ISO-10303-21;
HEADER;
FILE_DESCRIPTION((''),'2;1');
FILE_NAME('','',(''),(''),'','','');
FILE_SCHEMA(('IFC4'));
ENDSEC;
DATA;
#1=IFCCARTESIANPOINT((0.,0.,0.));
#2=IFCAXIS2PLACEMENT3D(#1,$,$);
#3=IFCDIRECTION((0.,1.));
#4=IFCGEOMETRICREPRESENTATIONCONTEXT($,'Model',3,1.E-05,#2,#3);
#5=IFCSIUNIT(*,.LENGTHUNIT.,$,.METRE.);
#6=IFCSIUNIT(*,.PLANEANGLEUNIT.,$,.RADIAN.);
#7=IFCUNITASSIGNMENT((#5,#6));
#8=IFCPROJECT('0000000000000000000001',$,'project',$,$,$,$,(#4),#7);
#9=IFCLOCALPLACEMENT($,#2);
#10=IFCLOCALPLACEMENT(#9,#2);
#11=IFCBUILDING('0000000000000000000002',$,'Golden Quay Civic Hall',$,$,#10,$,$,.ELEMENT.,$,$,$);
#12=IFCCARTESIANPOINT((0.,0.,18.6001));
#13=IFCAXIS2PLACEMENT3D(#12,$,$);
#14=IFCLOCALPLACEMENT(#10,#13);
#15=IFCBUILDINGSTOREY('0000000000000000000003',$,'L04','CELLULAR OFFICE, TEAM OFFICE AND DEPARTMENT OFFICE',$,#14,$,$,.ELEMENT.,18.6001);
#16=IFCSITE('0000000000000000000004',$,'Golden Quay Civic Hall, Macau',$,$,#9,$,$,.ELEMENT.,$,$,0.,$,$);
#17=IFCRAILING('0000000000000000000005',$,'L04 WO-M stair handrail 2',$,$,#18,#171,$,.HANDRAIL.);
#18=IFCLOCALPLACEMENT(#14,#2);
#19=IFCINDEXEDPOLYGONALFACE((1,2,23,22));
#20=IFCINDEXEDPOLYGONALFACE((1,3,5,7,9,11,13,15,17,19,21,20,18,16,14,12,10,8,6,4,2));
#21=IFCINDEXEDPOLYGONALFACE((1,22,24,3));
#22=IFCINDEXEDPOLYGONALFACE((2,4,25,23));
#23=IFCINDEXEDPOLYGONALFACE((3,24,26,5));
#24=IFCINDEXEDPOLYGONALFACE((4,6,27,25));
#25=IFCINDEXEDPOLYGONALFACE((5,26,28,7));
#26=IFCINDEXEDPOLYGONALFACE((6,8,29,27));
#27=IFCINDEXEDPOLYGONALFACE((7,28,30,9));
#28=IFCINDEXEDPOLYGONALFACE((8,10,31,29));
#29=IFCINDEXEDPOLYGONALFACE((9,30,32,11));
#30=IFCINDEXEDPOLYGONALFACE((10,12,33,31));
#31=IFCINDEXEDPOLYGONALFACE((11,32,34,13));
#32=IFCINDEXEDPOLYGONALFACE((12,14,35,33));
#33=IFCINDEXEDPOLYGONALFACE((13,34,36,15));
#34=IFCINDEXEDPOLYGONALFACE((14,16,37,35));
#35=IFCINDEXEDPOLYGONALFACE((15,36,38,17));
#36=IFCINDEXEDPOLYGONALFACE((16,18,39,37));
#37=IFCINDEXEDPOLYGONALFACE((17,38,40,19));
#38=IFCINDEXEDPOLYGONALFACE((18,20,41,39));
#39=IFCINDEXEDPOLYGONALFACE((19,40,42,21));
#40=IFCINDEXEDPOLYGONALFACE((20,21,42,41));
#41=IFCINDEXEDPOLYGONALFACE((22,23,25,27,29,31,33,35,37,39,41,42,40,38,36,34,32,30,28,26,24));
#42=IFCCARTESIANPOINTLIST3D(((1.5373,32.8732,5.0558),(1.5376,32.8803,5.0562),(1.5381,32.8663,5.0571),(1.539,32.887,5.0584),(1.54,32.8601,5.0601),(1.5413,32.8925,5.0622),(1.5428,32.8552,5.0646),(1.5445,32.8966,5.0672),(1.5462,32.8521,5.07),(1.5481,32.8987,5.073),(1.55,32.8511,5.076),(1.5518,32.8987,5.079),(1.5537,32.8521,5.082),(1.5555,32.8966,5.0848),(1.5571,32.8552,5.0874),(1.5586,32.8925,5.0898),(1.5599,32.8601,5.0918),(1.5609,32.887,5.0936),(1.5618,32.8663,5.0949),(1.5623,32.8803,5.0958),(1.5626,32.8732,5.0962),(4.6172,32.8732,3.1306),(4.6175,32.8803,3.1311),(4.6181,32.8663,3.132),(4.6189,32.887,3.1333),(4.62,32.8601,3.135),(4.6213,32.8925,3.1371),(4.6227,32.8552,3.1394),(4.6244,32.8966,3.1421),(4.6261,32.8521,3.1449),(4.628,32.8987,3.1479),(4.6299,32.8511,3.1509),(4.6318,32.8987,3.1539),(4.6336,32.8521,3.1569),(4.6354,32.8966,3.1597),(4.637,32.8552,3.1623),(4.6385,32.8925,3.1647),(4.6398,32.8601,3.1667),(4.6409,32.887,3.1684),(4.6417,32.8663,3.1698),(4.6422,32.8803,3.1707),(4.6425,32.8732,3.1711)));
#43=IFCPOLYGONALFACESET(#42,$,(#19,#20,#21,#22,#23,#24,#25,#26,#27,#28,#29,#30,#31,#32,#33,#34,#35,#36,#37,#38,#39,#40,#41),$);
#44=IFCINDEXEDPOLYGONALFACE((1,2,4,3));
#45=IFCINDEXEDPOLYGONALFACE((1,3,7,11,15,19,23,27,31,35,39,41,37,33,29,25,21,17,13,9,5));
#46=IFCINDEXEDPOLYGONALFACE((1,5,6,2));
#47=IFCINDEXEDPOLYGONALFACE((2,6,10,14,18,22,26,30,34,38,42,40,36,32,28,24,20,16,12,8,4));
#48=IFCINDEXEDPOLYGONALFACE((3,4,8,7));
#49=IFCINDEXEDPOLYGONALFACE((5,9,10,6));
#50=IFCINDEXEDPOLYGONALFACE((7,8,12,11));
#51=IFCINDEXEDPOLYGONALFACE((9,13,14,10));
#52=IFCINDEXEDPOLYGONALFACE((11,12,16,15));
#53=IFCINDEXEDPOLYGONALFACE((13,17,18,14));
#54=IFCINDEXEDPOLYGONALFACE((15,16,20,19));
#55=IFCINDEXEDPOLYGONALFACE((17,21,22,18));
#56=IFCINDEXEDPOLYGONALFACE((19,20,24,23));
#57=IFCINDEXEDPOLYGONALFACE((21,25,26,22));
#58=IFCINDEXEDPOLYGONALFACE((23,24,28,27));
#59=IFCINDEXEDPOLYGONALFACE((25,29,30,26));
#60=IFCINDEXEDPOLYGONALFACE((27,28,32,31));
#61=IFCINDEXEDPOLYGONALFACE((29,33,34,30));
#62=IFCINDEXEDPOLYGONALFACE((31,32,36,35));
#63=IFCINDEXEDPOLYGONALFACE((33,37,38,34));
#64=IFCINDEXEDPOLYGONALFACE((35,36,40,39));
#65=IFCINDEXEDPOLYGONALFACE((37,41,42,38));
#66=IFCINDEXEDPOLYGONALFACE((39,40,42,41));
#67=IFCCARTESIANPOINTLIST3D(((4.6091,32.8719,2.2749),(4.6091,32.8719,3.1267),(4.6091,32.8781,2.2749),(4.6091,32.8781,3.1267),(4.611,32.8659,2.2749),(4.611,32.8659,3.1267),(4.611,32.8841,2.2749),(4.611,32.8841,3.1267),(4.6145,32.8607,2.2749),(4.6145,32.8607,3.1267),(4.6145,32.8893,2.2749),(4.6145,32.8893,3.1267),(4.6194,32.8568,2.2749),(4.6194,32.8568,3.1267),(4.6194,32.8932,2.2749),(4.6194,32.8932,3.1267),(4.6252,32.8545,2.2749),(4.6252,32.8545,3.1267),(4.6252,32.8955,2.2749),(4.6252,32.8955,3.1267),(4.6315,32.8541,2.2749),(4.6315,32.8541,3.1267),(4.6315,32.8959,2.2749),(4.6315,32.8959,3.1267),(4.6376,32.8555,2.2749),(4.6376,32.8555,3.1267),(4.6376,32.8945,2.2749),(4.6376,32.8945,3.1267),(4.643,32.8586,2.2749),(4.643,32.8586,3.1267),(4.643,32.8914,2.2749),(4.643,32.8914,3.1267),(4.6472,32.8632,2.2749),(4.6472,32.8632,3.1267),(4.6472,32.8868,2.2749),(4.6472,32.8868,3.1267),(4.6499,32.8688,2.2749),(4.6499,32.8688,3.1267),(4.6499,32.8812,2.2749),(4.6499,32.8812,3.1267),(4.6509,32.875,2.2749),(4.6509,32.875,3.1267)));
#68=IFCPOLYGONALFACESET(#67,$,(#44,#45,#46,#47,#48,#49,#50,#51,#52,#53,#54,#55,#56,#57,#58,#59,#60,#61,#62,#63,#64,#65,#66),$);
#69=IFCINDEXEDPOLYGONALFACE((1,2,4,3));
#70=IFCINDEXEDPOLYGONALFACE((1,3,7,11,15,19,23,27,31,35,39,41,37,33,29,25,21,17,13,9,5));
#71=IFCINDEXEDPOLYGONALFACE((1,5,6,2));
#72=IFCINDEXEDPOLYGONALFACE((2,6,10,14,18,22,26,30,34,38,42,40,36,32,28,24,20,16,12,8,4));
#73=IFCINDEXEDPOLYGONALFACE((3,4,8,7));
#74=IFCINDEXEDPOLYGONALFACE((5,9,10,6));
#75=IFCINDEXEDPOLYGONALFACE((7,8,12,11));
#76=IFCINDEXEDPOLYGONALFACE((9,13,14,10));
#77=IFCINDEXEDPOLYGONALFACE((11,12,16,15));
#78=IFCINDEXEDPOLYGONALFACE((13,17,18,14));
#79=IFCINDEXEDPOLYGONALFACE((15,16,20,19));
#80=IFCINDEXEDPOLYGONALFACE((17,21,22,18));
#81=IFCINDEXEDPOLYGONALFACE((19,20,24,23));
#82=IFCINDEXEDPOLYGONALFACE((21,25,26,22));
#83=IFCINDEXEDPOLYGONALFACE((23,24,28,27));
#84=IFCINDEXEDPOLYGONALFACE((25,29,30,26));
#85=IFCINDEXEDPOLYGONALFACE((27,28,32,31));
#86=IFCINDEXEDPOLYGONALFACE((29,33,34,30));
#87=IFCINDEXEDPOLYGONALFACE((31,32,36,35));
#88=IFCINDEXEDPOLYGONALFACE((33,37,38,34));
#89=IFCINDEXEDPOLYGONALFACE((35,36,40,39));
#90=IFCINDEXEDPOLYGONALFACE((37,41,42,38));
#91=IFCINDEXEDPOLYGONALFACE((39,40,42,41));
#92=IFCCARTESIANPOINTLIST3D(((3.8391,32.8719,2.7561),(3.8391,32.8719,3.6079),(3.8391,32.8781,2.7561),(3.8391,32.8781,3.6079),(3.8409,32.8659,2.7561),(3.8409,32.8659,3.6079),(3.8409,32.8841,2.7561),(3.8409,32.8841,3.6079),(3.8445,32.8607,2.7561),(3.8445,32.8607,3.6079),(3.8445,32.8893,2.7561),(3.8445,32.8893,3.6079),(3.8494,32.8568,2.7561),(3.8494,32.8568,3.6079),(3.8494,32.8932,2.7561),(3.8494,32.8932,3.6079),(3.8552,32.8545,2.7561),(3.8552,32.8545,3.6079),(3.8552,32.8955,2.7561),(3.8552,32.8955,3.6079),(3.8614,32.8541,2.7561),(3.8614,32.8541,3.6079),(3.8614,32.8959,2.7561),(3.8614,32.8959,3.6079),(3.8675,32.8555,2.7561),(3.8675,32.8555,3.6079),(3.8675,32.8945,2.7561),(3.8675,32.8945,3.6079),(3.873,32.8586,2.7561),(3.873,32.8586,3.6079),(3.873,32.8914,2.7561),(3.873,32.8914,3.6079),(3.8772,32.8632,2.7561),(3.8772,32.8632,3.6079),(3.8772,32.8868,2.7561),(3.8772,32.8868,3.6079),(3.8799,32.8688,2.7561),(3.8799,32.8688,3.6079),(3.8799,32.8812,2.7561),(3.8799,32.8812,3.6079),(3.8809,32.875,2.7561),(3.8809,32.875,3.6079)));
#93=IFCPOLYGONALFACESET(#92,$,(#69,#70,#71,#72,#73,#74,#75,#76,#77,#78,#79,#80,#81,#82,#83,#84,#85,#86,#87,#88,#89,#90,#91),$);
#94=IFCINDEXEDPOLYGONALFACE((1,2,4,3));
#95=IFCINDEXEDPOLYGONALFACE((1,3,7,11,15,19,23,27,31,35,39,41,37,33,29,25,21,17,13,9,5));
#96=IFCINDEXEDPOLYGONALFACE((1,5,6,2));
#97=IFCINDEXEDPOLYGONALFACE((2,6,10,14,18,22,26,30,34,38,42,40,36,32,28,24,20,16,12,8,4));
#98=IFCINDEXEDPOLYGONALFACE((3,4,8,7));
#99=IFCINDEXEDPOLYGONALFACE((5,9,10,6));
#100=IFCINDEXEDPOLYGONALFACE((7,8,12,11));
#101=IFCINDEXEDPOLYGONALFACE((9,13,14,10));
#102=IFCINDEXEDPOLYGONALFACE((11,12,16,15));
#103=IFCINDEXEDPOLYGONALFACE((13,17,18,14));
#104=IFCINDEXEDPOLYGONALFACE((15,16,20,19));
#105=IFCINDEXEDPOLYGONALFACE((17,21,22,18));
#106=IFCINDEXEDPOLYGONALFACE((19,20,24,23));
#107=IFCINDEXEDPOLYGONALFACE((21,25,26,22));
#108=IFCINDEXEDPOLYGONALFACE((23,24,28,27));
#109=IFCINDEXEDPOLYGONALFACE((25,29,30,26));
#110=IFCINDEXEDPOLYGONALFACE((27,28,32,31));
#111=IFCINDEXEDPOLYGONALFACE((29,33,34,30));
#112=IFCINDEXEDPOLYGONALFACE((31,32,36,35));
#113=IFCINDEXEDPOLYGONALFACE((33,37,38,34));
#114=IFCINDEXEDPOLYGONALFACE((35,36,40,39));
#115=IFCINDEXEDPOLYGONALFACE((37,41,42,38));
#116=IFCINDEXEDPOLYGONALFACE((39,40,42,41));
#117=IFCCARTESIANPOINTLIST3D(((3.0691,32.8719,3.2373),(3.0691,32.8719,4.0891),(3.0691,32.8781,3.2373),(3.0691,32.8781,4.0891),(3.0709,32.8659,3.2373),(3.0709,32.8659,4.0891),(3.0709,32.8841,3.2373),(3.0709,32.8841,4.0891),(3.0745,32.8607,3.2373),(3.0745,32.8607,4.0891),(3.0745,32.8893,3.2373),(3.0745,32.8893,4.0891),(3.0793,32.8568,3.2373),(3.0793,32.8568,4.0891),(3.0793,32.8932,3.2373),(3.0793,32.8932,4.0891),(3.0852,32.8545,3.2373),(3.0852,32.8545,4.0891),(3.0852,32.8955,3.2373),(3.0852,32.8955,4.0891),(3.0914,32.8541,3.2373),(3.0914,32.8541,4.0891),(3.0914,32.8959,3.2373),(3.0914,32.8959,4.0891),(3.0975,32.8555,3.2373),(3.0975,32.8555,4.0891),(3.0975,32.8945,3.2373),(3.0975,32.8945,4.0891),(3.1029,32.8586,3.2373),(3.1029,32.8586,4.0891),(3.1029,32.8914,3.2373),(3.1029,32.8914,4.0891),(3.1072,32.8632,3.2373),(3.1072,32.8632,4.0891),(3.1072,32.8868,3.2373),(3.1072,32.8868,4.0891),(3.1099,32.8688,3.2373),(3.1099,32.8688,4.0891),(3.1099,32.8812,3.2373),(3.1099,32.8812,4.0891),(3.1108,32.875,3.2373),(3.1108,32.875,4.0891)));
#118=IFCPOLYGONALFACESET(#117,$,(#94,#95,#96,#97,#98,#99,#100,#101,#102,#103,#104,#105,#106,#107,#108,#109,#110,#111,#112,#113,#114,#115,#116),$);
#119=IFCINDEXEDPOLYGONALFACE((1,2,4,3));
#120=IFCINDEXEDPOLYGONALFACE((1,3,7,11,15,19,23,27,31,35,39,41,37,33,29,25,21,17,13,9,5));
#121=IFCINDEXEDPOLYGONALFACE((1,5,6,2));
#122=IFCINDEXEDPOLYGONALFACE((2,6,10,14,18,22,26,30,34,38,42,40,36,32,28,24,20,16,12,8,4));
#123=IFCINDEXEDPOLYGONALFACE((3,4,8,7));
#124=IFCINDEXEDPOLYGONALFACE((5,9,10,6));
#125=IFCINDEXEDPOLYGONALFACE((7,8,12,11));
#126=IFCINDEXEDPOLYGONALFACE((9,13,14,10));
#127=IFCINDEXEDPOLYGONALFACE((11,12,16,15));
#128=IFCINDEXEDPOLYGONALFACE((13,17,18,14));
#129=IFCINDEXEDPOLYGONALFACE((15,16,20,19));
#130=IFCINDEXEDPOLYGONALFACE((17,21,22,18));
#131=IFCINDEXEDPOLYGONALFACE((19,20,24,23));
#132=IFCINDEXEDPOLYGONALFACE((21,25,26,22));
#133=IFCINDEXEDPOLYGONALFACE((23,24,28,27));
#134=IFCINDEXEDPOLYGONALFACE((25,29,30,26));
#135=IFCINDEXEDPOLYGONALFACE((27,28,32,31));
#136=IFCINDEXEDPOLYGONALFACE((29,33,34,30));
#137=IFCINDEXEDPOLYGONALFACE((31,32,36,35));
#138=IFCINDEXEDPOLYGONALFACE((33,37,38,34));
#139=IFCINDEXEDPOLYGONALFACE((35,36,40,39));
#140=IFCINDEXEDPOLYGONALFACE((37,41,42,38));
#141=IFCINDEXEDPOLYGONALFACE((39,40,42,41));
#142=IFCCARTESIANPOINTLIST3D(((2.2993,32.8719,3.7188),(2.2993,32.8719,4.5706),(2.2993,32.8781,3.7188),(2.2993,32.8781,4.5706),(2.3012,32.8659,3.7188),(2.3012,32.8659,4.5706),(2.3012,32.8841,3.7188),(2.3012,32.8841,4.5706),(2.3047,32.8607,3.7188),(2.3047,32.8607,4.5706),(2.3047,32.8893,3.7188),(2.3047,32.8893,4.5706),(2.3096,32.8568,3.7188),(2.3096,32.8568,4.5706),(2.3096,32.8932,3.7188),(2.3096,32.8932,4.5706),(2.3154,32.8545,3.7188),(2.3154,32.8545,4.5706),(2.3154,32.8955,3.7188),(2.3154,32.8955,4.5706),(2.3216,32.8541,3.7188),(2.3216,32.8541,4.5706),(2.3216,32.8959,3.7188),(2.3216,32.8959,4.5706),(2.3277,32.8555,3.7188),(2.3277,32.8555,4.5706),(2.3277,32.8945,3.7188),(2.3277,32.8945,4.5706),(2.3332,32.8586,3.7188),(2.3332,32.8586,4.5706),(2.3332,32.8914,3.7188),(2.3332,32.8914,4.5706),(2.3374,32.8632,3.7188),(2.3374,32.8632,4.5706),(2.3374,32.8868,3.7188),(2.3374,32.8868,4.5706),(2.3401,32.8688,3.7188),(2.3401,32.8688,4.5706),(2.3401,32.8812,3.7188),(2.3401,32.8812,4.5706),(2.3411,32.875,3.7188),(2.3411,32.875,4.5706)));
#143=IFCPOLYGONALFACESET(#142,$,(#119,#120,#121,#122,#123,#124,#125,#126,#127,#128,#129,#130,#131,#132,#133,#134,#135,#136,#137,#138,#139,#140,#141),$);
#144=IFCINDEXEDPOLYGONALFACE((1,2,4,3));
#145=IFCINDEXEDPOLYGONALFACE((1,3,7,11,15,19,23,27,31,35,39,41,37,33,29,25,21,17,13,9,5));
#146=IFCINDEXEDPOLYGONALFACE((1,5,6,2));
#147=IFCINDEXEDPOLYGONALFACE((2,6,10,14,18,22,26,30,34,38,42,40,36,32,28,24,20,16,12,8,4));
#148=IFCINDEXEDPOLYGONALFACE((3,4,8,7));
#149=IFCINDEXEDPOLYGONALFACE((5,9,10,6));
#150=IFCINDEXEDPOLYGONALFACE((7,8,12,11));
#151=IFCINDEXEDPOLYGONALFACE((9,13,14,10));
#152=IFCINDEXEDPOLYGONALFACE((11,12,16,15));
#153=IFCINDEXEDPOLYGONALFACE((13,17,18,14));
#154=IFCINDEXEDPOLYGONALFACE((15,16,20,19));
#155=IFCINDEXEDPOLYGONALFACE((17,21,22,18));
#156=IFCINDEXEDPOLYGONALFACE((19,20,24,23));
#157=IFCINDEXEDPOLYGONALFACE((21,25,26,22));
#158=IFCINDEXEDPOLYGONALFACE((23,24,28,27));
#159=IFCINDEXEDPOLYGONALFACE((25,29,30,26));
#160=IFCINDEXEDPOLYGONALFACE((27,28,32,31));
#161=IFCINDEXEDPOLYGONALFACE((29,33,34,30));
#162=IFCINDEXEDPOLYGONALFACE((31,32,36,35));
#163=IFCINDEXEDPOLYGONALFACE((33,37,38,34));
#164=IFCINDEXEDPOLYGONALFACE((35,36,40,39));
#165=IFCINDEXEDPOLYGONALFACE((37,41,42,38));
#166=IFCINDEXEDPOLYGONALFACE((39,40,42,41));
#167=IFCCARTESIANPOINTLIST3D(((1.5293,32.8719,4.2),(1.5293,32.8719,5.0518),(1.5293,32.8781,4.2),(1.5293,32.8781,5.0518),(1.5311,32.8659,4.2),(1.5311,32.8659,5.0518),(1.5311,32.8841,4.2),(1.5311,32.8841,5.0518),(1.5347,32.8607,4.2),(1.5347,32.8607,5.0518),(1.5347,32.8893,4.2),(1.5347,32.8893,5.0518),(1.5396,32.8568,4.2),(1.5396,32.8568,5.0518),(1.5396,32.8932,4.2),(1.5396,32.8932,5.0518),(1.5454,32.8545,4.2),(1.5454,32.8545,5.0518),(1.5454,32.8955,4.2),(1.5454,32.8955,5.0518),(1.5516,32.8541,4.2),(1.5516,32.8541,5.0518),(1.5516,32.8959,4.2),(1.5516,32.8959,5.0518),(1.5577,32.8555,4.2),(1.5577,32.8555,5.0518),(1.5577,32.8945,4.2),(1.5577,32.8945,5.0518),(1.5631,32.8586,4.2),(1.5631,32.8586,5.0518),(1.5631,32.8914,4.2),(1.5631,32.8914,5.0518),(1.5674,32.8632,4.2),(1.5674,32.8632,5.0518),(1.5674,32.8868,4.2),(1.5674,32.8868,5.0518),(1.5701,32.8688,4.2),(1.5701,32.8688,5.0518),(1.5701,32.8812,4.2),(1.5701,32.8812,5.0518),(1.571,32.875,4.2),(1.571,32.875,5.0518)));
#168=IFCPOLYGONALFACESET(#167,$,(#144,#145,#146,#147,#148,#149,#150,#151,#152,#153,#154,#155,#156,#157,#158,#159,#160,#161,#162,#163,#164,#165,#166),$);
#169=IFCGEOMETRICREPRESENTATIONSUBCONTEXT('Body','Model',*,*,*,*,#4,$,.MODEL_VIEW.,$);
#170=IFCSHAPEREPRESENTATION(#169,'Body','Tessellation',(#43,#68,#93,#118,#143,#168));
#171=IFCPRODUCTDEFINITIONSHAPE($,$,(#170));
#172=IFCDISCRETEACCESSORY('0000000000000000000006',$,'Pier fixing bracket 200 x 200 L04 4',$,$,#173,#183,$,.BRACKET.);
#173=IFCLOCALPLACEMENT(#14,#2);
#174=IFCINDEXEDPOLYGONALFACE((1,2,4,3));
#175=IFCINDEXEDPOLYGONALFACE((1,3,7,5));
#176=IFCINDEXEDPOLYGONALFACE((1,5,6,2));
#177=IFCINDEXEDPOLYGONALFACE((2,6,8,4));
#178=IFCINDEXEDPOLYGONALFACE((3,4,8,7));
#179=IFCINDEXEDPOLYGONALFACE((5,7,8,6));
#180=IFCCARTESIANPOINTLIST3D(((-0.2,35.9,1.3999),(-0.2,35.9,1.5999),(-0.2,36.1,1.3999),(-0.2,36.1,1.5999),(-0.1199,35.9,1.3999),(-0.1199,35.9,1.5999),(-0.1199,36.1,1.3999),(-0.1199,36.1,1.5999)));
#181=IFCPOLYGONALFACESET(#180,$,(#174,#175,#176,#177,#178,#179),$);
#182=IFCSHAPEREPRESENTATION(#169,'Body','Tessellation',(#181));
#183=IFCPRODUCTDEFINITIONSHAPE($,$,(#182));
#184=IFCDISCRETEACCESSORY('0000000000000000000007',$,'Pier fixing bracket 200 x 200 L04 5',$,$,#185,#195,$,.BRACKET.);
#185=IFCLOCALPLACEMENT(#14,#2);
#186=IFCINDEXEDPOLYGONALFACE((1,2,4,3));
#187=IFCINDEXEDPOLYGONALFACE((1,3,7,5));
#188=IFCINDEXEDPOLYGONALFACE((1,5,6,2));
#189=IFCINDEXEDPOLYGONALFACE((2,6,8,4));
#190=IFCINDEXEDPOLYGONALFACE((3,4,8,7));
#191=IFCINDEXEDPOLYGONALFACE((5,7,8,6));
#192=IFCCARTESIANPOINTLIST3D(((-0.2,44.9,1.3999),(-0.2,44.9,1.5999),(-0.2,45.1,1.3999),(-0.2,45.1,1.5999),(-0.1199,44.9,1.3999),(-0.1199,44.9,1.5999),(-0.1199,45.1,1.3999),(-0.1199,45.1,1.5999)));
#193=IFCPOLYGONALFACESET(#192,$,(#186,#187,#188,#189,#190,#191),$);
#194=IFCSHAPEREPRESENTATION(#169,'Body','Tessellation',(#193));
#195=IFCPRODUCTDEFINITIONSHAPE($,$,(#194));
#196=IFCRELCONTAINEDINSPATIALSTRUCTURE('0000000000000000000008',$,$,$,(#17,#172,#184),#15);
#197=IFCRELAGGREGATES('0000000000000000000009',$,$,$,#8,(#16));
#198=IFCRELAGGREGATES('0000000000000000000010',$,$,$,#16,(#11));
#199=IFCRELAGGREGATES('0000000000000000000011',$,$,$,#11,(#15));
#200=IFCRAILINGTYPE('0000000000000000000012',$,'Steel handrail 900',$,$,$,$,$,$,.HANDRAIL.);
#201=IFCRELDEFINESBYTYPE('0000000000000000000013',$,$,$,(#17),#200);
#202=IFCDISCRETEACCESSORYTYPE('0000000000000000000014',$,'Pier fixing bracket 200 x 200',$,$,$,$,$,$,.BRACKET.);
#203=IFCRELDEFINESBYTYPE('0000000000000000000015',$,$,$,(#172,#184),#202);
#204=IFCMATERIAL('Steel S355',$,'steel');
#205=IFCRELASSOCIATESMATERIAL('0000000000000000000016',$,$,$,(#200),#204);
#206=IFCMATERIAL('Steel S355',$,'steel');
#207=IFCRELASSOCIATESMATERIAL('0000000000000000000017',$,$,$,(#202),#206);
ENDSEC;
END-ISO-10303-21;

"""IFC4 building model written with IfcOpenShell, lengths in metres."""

from ifc_helpers import new_model, si_unit, direction, frame, origin, origin_2d, place, context, subcontext, project, spatial, rectangle, circle, extrude, material, type_object, element, save


model = new_model("IFC4")

# Units and contexts
model_context = context("Model", 3, precision=1e-05, world=origin(), true_north=direction((0.0, 1.0)))
body_context = subcontext(model_context, "Body", "Model", "MODEL_VIEW")
ifc_project = project(units=[si_unit("LENGTHUNIT", "METRE"), si_unit("PLANEANGLEUNIT", "RADIAN")], contexts=[model_context])

# Site, building, storey
site_placement = place(None, origin())
site = spatial("IfcSite", under=ifc_project, at=site_placement, Name="Golden Quay Civic Hall, Macau", CompositionType="ELEMENT", RefElevation=0.0)
building_placement = place(site_placement, origin())
building = spatial("IfcBuilding", under=site, at=building_placement, Name="Golden Quay Civic Hall", CompositionType="ELEMENT")
storey_placement = place(building_placement, frame((0.0, 0.0, 18.6001)))
storey = spatial("IfcBuildingStorey", under=building, at=storey_placement, Name="L04", Description="CELLULAR OFFICE, TEAM OFFICE AND DEPARTMENT OFFICE", CompositionType="ELEMENT", Elevation=18.6001)

# Railing
ifc_material_1 = material(Name="Steel S355", Category="steel")
railing_type = type_object("IfcRailingType", Name="Steel handrail 900", PredefinedType="HANDRAIL", material=ifc_material_1)
railing_placement = place(storey_placement, frame((4.6299, 32.875, 2.2749)))
element("IfcRailing", 1, at=railing_placement, inside=storey, type_object=railing_type, Name="L04 WO-M stair handrail 2", PredefinedType="HANDRAIL", context=body_context, shape_type="SweptSolid", body=[
    extrude(circle(Radius=0.0239, at=origin_2d()), frame((0.0, 0.0, 0.876), z_axis=(-0.847979, 0.0, 0.530029), x_axis=(0.0, -1.0, 0.0)), (0.0, 0.0, 1.0), 3.6321),
    extrude(circle(Radius=0.021, at=origin_2d()), origin(), (0.0, 0.0, 1.0), 0.8518),
    extrude(circle(Radius=0.021, at=origin_2d()), frame((-0.77, 0.0, 0.4812)), (0.0, 0.0, 1.0), 0.8518),
    extrude(circle(Radius=0.021, at=origin_2d()), frame((-1.54, 0.0, 0.9624)), (0.0, 0.0, 1.0), 0.8518),
    extrude(circle(Radius=0.021, at=origin_2d()), frame((-2.3098, 0.0, 1.4438)), (0.0, 0.0, 1.0), 0.8518),
    extrude(circle(Radius=0.021, at=origin_2d()), frame((-3.0798, 0.0, 1.925)), (0.0, 0.0, 1.0), 0.8518),
])

# Discrete accessories
ifc_material_2 = material(Name="Steel S355", Category="steel")
discrete_accessory_type = type_object("IfcDiscreteAccessoryType", Name="Pier fixing bracket 200 x 200", PredefinedType="BRACKET", material=ifc_material_2)
for number, where, z_axis, x_axis, name in (
    (2, (-0.1599, 36.0, 1.3999), (0.0, 0.0, 1.0), (0.0, -1.0, 0.0), "Pier fixing bracket 200 x 200 L04 4"),
    (3, (-0.1599, 45.0, 1.3999), (0.0, 0.0, 1.0), (0.0, -1.0, 0.0), "Pier fixing bracket 200 x 200 L04 5"),
):
    element("IfcDiscreteAccessory", number, at=place(storey_placement, frame(where, z_axis=z_axis, x_axis=x_axis)), inside=storey, type_object=discrete_accessory_type, Name=name, PredefinedType="BRACKET", context=body_context, shape_type="SweptSolid", body=[
        extrude(rectangle(XDim=0.2, YDim=0.0801, at=origin_2d()), origin(), (0.0, 0.0, 1.0), 0.2),
    ])

save(model, "model.ifc")
